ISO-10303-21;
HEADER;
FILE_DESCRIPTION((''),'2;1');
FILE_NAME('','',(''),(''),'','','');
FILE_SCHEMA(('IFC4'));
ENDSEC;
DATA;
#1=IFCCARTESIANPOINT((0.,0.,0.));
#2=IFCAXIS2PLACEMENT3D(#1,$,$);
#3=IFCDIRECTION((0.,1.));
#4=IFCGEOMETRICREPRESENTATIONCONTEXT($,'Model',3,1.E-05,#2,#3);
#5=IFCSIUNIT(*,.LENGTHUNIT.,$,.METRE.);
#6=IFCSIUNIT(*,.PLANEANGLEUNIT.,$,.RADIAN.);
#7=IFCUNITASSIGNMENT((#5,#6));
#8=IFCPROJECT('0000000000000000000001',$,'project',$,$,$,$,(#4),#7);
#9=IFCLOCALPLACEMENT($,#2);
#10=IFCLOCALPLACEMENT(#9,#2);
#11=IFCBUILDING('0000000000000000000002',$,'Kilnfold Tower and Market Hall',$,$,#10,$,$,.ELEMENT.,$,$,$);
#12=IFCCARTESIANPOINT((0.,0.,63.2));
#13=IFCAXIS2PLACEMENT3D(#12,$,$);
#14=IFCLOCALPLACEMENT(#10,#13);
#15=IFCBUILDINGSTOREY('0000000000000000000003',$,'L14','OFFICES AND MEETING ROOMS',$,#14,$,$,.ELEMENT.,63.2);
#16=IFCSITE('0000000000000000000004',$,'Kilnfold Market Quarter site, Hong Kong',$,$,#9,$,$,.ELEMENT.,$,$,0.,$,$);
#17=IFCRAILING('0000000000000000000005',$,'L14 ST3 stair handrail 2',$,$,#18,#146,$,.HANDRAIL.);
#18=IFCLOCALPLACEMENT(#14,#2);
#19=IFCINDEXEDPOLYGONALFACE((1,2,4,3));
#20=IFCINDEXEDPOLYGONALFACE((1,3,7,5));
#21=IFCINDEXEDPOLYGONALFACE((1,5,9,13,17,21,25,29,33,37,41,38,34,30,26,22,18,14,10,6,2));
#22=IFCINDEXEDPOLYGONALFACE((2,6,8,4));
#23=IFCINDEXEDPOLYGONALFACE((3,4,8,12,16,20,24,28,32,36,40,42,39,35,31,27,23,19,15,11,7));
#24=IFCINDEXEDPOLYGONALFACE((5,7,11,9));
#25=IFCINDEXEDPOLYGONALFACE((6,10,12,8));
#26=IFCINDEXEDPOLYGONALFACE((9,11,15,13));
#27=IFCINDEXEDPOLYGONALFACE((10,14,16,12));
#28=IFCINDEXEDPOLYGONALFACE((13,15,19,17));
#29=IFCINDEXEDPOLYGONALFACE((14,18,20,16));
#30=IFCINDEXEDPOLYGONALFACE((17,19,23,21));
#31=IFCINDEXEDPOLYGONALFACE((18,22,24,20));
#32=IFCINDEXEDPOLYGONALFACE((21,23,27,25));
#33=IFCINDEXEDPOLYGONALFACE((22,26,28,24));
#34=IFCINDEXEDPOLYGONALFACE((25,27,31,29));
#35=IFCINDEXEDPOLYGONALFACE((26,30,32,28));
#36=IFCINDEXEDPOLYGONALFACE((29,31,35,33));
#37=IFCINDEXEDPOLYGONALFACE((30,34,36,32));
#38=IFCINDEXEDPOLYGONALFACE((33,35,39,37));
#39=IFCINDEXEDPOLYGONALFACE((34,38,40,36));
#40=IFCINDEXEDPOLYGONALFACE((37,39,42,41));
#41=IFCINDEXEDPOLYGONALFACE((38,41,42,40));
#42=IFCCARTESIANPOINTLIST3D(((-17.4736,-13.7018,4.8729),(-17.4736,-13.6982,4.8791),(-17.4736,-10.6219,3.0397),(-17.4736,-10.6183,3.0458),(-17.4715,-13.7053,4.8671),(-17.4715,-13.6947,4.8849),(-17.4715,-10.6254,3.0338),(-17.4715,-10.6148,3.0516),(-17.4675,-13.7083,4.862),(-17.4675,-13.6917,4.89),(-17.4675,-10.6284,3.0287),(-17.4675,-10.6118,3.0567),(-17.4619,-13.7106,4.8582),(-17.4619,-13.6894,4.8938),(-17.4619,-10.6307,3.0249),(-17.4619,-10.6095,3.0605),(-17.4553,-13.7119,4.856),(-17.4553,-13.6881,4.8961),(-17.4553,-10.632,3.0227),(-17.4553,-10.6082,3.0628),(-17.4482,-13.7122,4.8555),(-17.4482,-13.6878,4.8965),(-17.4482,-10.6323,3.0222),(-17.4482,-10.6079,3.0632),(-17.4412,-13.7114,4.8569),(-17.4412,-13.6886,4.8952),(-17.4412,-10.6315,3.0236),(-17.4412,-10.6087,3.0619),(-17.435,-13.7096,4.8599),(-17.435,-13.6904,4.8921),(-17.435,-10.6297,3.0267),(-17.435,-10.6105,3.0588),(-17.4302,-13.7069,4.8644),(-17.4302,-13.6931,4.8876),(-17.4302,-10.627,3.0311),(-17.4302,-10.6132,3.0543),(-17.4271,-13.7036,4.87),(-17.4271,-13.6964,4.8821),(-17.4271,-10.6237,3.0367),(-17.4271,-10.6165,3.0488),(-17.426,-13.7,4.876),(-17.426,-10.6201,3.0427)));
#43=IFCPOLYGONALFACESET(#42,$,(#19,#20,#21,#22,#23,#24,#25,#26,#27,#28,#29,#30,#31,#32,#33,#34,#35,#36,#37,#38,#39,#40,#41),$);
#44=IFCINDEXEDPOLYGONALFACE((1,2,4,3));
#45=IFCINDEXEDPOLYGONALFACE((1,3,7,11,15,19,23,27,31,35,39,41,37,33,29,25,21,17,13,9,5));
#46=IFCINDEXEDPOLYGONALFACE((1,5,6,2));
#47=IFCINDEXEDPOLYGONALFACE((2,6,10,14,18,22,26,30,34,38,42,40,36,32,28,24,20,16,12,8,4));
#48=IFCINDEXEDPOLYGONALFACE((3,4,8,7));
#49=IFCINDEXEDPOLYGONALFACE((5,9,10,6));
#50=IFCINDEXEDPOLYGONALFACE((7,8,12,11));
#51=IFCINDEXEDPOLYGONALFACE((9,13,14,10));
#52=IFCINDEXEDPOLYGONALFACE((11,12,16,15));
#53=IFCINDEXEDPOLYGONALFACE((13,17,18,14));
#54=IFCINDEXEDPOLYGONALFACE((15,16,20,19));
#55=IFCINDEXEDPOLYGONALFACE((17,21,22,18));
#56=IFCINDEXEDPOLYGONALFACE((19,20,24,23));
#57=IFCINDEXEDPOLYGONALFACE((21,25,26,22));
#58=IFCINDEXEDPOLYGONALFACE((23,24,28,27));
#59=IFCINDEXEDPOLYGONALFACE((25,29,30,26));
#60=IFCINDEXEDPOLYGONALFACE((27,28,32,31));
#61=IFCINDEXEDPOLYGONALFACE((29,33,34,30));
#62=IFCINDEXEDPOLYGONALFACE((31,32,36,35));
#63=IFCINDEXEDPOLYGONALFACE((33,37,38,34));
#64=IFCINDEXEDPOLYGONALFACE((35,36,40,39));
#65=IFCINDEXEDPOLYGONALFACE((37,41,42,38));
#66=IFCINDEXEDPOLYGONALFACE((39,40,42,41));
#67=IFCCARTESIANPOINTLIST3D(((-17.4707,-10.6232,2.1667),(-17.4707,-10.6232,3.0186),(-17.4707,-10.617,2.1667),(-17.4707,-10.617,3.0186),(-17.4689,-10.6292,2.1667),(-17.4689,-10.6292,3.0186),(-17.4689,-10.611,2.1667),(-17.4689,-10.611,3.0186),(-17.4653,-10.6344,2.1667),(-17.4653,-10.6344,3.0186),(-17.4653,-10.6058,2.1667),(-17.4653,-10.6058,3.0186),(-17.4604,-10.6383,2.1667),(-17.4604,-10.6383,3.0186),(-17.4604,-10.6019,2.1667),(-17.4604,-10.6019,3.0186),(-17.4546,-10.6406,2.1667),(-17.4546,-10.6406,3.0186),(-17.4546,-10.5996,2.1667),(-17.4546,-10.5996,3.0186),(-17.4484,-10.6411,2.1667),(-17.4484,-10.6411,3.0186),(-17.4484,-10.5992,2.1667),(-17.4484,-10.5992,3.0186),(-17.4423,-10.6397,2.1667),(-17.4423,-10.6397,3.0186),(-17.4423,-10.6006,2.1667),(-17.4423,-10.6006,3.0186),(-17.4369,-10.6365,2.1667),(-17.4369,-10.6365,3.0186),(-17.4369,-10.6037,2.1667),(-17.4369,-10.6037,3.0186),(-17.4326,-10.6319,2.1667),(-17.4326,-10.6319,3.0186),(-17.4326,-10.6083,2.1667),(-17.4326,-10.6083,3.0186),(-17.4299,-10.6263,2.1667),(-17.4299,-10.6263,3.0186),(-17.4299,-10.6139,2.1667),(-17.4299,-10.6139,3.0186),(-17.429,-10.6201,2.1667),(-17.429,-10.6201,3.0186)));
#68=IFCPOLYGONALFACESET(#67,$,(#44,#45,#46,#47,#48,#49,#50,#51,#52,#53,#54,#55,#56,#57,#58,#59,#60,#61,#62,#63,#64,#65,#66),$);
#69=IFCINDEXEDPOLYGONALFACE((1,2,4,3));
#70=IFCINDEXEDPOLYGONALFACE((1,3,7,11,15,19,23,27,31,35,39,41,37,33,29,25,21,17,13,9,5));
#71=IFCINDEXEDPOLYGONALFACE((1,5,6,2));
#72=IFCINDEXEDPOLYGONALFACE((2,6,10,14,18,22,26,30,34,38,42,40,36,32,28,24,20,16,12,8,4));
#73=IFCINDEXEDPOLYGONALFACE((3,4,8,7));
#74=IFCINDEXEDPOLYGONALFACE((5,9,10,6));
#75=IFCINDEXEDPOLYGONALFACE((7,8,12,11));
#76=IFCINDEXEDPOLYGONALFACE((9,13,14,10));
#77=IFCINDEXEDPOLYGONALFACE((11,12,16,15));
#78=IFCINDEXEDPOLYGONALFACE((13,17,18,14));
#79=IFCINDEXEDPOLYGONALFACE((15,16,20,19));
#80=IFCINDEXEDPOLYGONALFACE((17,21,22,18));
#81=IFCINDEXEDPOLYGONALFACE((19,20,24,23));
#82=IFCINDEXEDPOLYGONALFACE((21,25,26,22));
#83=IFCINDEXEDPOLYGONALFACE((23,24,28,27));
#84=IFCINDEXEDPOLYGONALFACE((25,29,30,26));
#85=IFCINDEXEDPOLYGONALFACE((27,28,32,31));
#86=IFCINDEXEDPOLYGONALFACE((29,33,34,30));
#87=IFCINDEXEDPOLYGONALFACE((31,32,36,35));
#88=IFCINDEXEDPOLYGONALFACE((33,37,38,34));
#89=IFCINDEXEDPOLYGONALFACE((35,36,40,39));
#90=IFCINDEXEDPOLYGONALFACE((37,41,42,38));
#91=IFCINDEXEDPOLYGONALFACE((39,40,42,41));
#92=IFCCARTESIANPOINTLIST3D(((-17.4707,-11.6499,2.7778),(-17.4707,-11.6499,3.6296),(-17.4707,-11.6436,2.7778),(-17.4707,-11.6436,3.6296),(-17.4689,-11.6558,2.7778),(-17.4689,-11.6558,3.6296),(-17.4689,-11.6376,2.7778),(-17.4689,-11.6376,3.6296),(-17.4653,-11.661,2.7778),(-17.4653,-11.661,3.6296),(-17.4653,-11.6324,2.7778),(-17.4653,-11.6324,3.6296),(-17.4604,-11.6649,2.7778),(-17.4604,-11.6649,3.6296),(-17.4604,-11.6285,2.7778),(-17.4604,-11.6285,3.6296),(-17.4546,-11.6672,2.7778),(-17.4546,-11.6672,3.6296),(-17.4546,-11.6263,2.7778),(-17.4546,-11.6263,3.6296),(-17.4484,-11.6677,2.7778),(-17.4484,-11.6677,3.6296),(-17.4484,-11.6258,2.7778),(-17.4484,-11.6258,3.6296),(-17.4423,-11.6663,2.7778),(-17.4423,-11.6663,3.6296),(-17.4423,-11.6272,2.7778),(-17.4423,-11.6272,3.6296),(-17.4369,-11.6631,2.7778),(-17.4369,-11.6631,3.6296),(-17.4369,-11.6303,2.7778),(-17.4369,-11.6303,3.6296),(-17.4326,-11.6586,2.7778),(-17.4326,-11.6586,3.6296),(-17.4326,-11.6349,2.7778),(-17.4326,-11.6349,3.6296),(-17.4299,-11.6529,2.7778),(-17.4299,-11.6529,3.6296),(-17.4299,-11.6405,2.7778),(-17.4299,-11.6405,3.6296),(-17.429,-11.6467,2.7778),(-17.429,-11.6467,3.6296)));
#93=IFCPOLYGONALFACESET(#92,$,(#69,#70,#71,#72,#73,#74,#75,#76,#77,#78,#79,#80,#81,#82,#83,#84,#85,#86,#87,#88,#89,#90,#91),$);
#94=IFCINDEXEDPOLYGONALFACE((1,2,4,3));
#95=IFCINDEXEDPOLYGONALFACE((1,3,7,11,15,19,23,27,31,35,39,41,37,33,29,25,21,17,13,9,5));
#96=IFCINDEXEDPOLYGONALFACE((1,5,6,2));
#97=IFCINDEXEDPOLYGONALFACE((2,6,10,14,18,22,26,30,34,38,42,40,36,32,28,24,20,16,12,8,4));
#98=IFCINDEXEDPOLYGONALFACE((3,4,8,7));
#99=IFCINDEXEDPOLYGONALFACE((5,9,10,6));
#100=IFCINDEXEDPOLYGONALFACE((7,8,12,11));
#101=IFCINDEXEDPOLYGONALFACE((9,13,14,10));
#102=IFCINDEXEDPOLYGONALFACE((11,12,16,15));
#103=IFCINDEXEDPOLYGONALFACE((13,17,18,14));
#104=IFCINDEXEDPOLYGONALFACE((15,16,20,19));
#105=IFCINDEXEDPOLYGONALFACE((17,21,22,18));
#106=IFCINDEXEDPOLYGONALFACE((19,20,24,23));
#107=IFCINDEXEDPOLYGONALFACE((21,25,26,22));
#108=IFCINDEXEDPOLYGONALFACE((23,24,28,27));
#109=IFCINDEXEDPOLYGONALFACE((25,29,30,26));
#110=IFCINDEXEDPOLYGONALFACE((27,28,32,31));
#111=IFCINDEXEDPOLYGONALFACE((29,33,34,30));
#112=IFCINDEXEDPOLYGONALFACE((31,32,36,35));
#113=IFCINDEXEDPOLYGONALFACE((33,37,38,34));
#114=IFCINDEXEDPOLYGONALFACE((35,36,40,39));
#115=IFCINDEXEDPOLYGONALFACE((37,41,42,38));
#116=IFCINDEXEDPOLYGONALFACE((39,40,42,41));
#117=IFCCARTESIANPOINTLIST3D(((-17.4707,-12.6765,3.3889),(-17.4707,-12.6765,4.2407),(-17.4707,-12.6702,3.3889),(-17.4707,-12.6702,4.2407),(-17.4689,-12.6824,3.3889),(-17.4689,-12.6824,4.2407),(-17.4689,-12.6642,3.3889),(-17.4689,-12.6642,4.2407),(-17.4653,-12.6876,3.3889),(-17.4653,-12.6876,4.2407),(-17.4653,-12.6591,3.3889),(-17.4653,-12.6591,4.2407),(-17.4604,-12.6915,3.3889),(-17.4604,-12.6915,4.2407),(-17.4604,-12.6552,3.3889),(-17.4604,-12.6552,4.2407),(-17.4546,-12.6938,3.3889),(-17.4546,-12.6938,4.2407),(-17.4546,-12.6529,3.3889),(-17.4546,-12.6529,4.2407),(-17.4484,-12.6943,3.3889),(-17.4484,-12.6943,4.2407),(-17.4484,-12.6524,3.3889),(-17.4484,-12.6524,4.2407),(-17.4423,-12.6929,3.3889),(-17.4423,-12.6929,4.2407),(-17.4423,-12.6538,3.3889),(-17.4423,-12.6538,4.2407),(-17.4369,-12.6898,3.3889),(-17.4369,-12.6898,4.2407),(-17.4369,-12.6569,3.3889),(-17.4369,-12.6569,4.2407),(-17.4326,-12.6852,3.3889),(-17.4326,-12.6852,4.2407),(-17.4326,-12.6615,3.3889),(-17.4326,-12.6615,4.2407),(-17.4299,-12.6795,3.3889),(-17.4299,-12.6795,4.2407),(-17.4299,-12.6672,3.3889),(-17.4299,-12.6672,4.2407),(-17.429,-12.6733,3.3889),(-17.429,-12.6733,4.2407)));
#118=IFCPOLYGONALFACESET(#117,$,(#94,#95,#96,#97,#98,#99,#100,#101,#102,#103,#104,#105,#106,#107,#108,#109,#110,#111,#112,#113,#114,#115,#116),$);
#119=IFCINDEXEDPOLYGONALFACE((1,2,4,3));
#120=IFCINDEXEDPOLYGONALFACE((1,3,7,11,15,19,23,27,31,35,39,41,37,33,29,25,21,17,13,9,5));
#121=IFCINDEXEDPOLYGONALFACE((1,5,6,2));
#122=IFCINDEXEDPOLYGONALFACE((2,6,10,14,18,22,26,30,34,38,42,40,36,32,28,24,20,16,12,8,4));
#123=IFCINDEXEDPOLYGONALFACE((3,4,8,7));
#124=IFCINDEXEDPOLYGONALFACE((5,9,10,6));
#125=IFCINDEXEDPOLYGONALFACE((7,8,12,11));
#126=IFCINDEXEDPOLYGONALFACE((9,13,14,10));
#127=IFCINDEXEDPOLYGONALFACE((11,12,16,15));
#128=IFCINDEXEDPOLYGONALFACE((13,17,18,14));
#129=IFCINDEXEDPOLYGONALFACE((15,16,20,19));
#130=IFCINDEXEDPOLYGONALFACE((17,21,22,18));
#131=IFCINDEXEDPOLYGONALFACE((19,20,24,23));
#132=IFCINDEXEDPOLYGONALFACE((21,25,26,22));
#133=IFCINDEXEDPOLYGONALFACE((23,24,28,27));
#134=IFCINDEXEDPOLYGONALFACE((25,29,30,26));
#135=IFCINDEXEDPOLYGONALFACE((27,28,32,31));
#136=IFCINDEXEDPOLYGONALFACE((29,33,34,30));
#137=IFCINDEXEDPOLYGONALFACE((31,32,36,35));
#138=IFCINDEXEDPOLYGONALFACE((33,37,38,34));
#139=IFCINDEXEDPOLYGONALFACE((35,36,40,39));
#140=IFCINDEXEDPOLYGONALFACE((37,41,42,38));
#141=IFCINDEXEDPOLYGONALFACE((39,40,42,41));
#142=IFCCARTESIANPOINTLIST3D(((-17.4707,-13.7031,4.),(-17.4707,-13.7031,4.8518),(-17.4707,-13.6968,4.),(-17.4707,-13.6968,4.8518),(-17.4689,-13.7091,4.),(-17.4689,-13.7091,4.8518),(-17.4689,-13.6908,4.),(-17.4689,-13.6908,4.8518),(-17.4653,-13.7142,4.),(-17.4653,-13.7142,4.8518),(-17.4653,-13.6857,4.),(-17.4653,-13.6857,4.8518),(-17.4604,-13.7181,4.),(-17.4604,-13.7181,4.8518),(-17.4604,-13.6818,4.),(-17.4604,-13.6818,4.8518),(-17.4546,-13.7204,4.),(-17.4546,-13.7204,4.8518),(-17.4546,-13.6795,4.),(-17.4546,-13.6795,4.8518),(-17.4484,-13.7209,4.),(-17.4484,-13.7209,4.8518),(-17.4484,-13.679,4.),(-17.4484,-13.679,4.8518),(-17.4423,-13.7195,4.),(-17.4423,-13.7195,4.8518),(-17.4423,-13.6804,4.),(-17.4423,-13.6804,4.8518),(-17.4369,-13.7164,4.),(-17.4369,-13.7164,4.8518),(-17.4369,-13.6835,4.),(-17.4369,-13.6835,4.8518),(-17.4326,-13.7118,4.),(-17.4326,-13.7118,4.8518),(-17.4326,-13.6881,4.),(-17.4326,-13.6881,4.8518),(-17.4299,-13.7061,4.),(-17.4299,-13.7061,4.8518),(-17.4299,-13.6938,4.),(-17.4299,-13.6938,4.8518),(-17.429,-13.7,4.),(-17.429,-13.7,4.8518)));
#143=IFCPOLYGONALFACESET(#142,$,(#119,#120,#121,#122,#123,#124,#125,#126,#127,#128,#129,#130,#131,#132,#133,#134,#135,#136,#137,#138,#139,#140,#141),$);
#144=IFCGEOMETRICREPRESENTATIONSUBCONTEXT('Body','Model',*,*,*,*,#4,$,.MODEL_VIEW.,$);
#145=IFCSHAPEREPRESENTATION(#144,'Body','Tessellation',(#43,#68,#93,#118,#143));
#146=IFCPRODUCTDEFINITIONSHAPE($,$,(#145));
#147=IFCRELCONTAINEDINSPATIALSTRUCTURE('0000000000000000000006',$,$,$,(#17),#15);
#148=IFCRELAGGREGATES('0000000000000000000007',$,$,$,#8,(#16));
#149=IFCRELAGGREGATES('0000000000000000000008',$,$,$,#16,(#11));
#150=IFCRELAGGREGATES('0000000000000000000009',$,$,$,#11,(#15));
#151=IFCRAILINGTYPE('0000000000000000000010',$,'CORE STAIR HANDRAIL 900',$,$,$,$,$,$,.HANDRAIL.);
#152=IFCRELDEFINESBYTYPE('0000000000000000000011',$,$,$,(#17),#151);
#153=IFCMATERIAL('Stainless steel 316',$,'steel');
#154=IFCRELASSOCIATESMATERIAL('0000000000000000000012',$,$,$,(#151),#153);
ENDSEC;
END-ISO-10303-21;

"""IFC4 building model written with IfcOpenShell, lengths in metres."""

from ifc_helpers import new_model, si_unit, direction, frame, origin, origin_2d, place, context, subcontext, project, spatial, circle, extrude, material, type_object, element, save


model = new_model("IFC4")

# Units and contexts
model_context = context("Model", 3, precision=1e-05, world=origin(), true_north=direction((0.0, 1.0)))
body_context = subcontext(model_context, "Body", "Model", "MODEL_VIEW")
ifc_project = project(units=[si_unit("LENGTHUNIT", "METRE"), si_unit("PLANEANGLEUNIT", "RADIAN")], contexts=[model_context])

# Site, building, storey
site_placement = place(None, origin())
site = spatial("IfcSite", under=ifc_project, at=site_placement, Name="Kilnfold Market Quarter site, Hong Kong", CompositionType="ELEMENT", RefElevation=0.0)
building_placement = place(site_placement, origin())
building = spatial("IfcBuilding", under=site, at=building_placement, Name="Kilnfold Tower and Market Hall", CompositionType="ELEMENT")
storey_placement = place(building_placement, frame((0.0, 0.0, 63.2)))
storey = spatial("IfcBuildingStorey", under=building, at=storey_placement, Name="L14", Description="OFFICES AND MEETING ROOMS", CompositionType="ELEMENT", Elevation=63.2)

# Railing
ifc_material_1 = material(Name="Stainless steel 316", Category="steel")
railing_type_1 = type_object("IfcRailingType", Name="CORE STAIR HANDRAIL 900", PredefinedType="HANDRAIL", material=ifc_material_1)
railing_1_placement = place(storey_placement, frame((-17.45, -10.6201, 2.1667)))
element("IfcRailing", 1, at=railing_1_placement, inside=storey, type_object=railing_type_1, Name="L14 ST3 stair handrail 2", PredefinedType="HANDRAIL", context=body_context, shape_type="SweptSolid", body=[
    extrude(circle(Radius=0.0239, at=origin_2d()), frame((0.0, 0.0, 0.876), z_axis=(0.0, -0.859291, 0.511487), x_axis=(1.0, 0.0, 0.0)), (0.0, 0.0, 1.0), 3.5842),
    extrude(circle(Radius=0.021, at=origin_2d()), origin(), (0.0, 0.0, 1.0), 0.8518),
    extrude(circle(Radius=0.021, at=origin_2d()), frame((0.0, -1.0266, 0.6111)), (0.0, 0.0, 1.0), 0.8518),
    extrude(circle(Radius=0.021, at=origin_2d()), frame((0.0, -2.0532, 1.2222)), (0.0, 0.0, 1.0), 0.8518),
    extrude(circle(Radius=0.021, at=origin_2d()), frame((0.0, -3.0798, 1.8333)), (0.0, 0.0, 1.0), 0.8518),
])

save(model, "model.ifc")
